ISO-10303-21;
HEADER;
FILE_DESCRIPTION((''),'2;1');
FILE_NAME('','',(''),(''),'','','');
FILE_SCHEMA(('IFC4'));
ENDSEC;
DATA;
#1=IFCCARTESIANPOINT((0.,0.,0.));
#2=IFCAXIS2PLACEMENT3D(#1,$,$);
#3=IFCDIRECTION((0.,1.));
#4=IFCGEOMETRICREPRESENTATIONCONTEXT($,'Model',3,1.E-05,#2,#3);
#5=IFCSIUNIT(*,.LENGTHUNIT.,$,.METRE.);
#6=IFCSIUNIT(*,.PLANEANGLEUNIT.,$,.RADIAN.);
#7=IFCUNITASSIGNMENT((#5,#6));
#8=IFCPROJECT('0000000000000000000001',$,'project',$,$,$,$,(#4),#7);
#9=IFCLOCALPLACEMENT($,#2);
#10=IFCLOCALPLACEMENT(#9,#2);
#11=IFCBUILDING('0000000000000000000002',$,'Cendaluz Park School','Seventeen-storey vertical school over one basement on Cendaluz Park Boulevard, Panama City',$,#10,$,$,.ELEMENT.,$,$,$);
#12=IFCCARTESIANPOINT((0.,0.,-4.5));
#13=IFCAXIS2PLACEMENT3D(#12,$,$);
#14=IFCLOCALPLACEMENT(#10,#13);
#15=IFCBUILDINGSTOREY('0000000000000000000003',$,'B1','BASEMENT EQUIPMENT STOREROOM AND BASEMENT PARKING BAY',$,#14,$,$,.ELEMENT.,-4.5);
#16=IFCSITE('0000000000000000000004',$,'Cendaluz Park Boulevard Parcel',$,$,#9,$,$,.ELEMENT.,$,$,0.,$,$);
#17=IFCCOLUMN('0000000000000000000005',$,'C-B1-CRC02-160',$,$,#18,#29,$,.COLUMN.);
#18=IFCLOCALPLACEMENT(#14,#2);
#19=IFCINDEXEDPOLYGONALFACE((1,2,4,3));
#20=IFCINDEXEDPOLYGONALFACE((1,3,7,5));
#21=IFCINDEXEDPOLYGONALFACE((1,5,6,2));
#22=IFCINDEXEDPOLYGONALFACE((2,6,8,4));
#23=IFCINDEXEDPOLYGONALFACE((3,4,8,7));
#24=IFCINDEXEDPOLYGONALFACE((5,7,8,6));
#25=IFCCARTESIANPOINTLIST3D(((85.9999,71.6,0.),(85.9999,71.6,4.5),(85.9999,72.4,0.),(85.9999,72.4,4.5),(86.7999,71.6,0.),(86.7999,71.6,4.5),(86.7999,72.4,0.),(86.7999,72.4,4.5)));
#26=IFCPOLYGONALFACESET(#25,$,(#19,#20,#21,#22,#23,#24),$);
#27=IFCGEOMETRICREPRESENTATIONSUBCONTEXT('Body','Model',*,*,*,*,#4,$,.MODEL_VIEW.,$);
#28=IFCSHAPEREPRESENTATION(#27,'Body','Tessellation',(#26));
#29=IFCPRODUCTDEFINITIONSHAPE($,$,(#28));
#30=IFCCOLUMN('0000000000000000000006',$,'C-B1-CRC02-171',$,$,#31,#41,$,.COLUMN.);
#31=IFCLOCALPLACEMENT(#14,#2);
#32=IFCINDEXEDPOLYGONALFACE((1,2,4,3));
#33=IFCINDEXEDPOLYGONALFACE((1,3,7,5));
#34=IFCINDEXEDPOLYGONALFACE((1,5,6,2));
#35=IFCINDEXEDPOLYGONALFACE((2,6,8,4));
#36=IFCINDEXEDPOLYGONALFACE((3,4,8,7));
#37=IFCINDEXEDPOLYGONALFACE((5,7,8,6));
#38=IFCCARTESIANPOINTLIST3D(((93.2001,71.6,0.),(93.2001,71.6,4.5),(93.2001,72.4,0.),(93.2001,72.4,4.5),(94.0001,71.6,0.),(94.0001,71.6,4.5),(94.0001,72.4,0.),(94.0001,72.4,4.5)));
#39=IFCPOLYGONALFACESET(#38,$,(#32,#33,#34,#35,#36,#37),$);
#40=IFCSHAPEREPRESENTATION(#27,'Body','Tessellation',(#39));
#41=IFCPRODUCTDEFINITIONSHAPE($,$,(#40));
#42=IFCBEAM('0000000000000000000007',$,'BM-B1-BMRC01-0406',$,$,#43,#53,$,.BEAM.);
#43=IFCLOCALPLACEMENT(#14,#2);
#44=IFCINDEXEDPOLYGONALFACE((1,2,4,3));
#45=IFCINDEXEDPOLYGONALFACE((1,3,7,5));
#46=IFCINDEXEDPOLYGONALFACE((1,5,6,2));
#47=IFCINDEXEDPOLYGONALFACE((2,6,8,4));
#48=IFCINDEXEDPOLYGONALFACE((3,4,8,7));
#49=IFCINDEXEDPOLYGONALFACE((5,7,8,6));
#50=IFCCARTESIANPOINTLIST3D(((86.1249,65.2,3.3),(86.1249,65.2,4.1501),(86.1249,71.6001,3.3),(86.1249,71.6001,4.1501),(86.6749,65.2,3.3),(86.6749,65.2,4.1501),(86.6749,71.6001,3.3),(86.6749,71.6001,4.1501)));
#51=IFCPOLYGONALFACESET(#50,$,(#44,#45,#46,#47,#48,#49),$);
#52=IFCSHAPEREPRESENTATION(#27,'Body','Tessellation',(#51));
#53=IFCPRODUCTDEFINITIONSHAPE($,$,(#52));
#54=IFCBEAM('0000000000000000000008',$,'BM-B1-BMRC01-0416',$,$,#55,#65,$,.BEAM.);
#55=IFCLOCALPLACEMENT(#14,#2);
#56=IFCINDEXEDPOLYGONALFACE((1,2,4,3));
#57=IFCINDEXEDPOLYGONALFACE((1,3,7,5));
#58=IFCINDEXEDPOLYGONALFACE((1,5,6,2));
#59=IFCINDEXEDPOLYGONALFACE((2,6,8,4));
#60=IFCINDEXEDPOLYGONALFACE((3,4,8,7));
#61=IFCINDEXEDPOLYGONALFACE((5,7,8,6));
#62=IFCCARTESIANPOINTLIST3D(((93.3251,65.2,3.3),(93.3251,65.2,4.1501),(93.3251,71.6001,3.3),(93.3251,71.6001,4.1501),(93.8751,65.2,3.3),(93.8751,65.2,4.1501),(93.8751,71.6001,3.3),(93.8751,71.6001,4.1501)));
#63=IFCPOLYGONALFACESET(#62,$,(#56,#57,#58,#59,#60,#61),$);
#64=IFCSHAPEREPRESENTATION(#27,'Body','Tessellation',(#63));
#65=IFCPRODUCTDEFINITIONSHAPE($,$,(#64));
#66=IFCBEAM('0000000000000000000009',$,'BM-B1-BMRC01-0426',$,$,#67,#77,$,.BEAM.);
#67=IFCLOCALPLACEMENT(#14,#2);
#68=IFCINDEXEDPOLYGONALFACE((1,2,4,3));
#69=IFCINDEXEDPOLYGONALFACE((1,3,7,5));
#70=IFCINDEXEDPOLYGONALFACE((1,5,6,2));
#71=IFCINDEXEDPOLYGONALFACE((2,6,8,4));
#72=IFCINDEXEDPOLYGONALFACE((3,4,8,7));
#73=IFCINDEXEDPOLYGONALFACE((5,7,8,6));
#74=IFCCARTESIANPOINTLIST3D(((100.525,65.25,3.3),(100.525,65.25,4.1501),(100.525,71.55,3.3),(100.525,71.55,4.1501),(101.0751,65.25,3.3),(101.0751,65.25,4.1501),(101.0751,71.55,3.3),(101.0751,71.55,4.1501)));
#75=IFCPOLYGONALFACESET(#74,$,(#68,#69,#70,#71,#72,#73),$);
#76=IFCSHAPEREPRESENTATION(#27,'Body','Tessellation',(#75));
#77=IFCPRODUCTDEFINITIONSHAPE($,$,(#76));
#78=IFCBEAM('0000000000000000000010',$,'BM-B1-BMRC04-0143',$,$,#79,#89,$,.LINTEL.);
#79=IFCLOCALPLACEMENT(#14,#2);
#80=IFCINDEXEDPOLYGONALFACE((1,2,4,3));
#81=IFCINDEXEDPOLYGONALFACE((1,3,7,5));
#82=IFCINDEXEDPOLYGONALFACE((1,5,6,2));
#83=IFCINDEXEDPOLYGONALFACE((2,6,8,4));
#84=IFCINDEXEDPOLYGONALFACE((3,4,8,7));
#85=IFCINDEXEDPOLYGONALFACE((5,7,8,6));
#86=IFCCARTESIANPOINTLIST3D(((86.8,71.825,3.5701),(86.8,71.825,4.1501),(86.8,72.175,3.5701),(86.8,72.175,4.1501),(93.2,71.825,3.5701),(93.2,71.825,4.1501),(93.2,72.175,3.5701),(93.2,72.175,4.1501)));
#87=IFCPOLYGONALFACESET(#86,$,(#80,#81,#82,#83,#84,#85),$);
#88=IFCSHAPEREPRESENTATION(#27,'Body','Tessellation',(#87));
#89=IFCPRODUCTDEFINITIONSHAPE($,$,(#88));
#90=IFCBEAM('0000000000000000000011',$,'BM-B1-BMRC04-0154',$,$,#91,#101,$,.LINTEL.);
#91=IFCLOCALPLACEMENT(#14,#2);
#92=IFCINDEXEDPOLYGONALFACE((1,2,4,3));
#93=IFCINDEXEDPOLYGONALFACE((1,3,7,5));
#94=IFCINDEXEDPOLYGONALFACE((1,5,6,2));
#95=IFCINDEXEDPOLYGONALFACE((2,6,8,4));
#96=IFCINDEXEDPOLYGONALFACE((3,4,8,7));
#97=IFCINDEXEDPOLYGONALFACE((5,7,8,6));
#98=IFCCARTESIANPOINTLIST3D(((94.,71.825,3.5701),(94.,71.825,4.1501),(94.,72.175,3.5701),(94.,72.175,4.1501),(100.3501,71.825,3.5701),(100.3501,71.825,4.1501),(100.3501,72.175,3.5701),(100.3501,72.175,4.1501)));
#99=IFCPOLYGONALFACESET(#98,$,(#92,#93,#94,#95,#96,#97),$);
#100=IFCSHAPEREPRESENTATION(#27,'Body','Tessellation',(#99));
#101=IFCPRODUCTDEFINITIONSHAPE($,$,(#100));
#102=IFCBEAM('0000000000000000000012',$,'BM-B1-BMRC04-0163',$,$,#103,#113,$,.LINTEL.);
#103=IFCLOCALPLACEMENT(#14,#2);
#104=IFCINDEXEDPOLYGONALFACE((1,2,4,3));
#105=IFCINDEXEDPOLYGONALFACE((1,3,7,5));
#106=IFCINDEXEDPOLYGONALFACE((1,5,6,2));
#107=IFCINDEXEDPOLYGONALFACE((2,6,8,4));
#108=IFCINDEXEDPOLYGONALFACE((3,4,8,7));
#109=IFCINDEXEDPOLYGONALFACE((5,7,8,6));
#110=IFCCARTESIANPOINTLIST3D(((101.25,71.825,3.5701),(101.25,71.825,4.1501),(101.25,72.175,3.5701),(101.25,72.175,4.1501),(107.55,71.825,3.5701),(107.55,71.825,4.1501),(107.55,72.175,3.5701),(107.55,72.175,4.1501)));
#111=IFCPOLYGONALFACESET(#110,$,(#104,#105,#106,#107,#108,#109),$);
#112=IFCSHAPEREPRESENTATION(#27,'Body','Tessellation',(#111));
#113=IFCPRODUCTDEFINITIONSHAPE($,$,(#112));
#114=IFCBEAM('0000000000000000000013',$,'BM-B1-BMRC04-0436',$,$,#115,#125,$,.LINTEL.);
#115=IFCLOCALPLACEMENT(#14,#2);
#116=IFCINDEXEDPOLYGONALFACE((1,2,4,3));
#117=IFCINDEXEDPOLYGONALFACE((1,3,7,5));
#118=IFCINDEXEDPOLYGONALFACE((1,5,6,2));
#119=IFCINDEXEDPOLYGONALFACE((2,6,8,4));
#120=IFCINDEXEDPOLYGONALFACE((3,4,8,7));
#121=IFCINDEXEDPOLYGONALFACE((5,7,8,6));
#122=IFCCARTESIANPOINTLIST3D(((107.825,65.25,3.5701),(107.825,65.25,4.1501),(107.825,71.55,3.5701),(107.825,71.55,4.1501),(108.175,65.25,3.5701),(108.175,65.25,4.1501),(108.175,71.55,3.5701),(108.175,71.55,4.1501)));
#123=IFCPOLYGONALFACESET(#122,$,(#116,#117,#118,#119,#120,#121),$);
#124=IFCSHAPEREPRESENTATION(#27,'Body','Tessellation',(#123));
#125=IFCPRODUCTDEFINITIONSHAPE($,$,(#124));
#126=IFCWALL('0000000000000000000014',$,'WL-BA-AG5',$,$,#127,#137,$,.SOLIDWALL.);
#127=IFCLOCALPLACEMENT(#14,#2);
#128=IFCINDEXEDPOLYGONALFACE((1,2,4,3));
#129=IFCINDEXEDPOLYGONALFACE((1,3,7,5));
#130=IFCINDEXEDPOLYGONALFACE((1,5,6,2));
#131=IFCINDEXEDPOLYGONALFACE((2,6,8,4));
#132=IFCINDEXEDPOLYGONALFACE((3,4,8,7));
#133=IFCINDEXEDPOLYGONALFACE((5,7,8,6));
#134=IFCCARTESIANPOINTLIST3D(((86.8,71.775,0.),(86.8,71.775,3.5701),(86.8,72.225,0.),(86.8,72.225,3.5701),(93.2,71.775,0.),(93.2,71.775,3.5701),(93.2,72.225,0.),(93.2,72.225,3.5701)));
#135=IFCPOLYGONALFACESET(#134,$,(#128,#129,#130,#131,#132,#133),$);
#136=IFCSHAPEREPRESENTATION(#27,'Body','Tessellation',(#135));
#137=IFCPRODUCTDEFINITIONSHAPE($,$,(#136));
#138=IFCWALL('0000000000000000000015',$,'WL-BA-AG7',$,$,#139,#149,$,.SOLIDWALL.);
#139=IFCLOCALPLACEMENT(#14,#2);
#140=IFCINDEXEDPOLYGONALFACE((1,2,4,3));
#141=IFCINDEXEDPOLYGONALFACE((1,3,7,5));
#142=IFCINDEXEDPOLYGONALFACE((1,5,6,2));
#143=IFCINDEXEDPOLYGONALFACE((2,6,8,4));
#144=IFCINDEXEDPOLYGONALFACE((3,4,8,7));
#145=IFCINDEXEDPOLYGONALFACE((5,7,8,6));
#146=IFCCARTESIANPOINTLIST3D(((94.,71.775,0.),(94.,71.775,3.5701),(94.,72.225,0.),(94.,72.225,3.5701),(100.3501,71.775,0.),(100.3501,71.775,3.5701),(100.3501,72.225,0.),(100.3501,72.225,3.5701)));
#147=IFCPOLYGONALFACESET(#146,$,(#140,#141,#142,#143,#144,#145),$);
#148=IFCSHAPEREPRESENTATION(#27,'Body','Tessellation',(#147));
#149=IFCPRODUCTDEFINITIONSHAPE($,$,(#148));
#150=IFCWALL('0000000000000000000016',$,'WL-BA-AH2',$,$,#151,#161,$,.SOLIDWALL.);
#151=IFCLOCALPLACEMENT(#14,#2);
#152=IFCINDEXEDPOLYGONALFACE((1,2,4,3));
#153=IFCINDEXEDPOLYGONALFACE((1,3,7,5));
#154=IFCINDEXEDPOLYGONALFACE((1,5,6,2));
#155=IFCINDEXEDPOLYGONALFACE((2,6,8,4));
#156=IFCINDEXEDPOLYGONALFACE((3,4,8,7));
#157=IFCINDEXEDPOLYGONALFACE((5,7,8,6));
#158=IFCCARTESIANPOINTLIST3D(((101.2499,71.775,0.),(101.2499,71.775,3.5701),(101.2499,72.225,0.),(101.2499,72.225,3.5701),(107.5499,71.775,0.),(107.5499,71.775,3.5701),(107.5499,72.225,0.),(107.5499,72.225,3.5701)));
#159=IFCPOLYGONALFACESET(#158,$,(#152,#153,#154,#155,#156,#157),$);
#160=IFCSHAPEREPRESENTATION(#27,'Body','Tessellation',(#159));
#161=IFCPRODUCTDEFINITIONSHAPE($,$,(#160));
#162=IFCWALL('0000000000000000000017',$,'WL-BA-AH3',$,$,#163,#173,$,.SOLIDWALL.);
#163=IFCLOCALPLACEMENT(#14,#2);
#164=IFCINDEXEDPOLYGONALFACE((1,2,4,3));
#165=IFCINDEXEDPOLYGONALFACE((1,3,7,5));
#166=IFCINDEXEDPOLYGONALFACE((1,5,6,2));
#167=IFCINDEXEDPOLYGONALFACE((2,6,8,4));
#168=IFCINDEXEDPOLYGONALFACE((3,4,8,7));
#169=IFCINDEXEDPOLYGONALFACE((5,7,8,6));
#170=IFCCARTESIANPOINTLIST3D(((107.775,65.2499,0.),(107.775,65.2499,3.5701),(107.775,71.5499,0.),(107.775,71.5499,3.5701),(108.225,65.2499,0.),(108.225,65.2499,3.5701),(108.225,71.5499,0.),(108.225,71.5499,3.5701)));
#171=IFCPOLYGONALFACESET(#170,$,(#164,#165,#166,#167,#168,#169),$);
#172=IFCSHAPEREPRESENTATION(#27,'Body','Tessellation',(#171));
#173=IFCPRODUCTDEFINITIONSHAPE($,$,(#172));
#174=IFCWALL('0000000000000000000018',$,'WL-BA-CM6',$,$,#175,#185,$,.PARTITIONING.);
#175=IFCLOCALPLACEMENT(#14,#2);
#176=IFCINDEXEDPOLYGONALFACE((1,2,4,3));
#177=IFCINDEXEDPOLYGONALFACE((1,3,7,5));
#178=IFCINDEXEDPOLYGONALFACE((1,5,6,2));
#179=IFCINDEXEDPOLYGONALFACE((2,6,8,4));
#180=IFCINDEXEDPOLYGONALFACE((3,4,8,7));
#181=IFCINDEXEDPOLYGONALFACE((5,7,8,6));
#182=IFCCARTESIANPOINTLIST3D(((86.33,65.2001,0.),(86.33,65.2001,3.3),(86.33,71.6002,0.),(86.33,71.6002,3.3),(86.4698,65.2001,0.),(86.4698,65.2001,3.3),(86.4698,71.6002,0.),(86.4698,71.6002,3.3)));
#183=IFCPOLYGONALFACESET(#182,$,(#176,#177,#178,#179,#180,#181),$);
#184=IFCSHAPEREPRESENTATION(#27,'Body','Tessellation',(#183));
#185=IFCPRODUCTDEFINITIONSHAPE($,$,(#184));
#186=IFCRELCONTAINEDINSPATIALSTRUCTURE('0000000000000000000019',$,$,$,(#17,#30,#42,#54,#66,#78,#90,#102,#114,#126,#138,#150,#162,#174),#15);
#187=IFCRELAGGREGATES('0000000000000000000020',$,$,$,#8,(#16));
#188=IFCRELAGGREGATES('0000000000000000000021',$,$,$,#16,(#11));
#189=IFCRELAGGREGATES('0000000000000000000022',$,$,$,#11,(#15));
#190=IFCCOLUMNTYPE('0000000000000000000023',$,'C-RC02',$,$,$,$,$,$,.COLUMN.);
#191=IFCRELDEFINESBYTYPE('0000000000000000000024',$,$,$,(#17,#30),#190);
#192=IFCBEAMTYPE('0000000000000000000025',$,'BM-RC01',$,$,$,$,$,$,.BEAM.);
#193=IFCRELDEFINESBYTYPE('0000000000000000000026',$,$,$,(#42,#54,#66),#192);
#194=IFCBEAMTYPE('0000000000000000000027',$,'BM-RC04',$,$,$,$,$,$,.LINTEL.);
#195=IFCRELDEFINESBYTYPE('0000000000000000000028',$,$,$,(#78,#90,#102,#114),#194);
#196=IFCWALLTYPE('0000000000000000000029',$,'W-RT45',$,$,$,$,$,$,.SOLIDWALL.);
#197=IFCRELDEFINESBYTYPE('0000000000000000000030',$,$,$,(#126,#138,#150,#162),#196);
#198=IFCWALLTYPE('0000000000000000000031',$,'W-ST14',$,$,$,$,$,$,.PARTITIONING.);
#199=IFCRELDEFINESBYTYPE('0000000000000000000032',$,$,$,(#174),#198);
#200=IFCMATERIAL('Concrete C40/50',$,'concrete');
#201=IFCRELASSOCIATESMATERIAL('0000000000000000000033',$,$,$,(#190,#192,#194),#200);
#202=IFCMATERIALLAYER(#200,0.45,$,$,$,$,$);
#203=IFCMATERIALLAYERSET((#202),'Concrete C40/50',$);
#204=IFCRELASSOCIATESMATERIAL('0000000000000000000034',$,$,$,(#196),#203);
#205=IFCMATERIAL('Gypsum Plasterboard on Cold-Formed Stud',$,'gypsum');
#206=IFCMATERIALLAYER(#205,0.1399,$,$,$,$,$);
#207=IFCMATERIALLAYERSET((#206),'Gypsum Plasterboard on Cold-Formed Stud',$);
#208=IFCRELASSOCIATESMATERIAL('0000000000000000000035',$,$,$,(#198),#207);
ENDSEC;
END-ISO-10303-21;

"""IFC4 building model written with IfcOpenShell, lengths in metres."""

from ifc_helpers import new_model, si_unit, direction, frame, frame_2d, origin, origin_2d, place, context, subcontext, project, spatial, rectangle, extrude, material, layer, layer_set, material_profile, profile_set, type_object, element, save


model = new_model("IFC4")

# Units and contexts
model_context = context("Model", 3, precision=1e-05, world=origin(), true_north=direction((0.0, 1.0)))
body_context = subcontext(model_context, "Body", "Model", "MODEL_VIEW")
ifc_project = project(units=[si_unit("LENGTHUNIT", "METRE"), si_unit("PLANEANGLEUNIT", "RADIAN")], contexts=[model_context])

# Site, building, storey
site_placement = place(None, origin())
site = spatial("IfcSite", under=ifc_project, at=site_placement, Name="Cendaluz Park Boulevard Parcel", CompositionType="ELEMENT", RefElevation=0.0)
building_placement = place(site_placement, origin())
building = spatial("IfcBuilding", under=site, at=building_placement, Name="Cendaluz Park School", Description="Seventeen-storey vertical school over one basement on Cendaluz Park Boulevard, Panama City", CompositionType="ELEMENT")
storey_placement = place(building_placement, frame((0.0, 0.0, -4.5)))
storey = spatial("IfcBuildingStorey", under=building, at=storey_placement, Name="B1", Description="BASEMENT EQUIPMENT STOREROOM AND BASEMENT PARKING BAY", CompositionType="ELEMENT", Elevation=-4.5)

# Shared definitions
ifc_material_1 = material(Name="Concrete C40/50", Category="concrete")

# Columns
ifc_material_profile_1 = material_profile(ifc_material_1, rectangle(XDim=0.8, YDim=0.8, at=origin_2d()), Name="RC 800x800", Category="concrete")
ifc_profile_set_1 = profile_set([ifc_material_profile_1], Name="Concrete C40/50")
column_type_1 = type_object("IfcColumnType", Name="C-RC02", PredefinedType="COLUMN", material=ifc_profile_set_1)
for number, where, z_axis, x_axis, name in (
    (1, (86.3999, 72.0, 0.0), (0.0, 0.0, 1.0), (1.0, 0.0, 0.0), "C-B1-CRC02-160"),
    (2, (93.6001, 72.0, 0.0), (0.0, 0.0, 1.0), (1.0, 0.0, 0.0), "C-B1-CRC02-171"),
):
    element("IfcColumn", number, at=place(storey_placement, frame(where, z_axis=z_axis, x_axis=x_axis)), inside=storey, type_object=column_type_1, Name=name, PredefinedType="COLUMN", context=body_context, shape_type="SweptSolid", body=[
        extrude(rectangle(XDim=0.8, YDim=0.8, at=origin_2d()), origin(), (0.0, 0.0, 1.0), 4.5),
    ])

# Beams
ifc_material_profile_2 = material_profile(ifc_material_1, rectangle(XDim=0.55, YDim=0.8501, at=origin_2d()), Name="RC 550x850", Category="concrete")
ifc_profile_set_2 = profile_set([ifc_material_profile_2], Name="Concrete C40/50")
beam_type_1 = type_object("IfcBeamType", Name="BM-RC01", PredefinedType="BEAM", material=ifc_profile_set_2)
for number, where, z_axis, x_axis, name in (
    (3, (86.3999, 65.2, 3.7251), (0.0, 1.0, 0.0), (-1.0, 0.0, 0.0), "BM-B1-BMRC01-0406"),
    (4, (93.6001, 65.2, 3.7251), (0.0, 1.0, 0.0), (-1.0, 0.0, 0.0), "BM-B1-BMRC01-0416"),
):
    element("IfcBeam", number, at=place(storey_placement, frame(where, z_axis=z_axis, x_axis=x_axis)), inside=storey, type_object=beam_type_1, Name=name, PredefinedType="BEAM", context=body_context, shape_type="SweptSolid", body=[
        extrude(rectangle(XDim=0.55, YDim=0.8501, at=origin_2d()), origin(), (0.0, 0.0, 1.0), 6.4001),
    ])
beam_1_placement = place(storey_placement, frame((100.8, 65.25, 3.7251), z_axis=(0.0, 1.0, 0.0), x_axis=(-1.0, 0.0, 0.0)))
element("IfcBeam", 5, at=beam_1_placement, inside=storey, type_object=beam_type_1, Name="BM-B1-BMRC01-0426", PredefinedType="BEAM", context=body_context, shape_type="SweptSolid", body=[
    extrude(rectangle(XDim=0.55, YDim=0.8501, at=origin_2d()), origin(), (0.0, 0.0, 1.0), 6.3),
])
ifc_material_profile_3 = material_profile(ifc_material_1, rectangle(XDim=0.3501, YDim=0.5801, at=origin_2d()), Name="RC 350x580", Category="concrete")
ifc_profile_set_3 = profile_set([ifc_material_profile_3], Name="Concrete C40/50")
beam_type_2 = type_object("IfcBeamType", Name="BM-RC04", PredefinedType="LINTEL", material=ifc_profile_set_3)
beam_2_placement = place(storey_placement, frame((86.8, 72.0, 3.8601), z_axis=(1.0, 0.0, 0.0), x_axis=(0.0, 1.0, 0.0)))
element("IfcBeam", 6, at=beam_2_placement, inside=storey, type_object=beam_type_2, Name="BM-B1-BMRC04-0143", PredefinedType="LINTEL", context=body_context, shape_type="SweptSolid", body=[
    extrude(rectangle(XDim=0.3501, YDim=0.5801, at=origin_2d()), origin(), (0.0, 0.0, 1.0), 6.3999),
])
beam_3_placement = place(storey_placement, frame((94.0, 72.0, 3.8601), z_axis=(1.0, 0.0, 0.0), x_axis=(0.0, 1.0, 0.0)))
element("IfcBeam", 7, at=beam_3_placement, inside=storey, type_object=beam_type_2, Name="BM-B1-BMRC04-0154", PredefinedType="LINTEL", context=body_context, shape_type="SweptSolid", body=[
    extrude(rectangle(XDim=0.3501, YDim=0.5801, at=origin_2d()), origin(), (0.0, 0.0, 1.0), 6.3501),
])
for number, where, z_axis, x_axis, name in (
    (8, (101.25, 72.0, 3.8601), (1.0, 0.0, 0.0), (0.0, 1.0, 0.0), "BM-B1-BMRC04-0163"),
    (9, (108.0, 65.25, 3.8601), (0.0, 1.0, 0.0), (-1.0, 0.0, 0.0), "BM-B1-BMRC04-0436"),
):
    element("IfcBeam", number, at=place(storey_placement, frame(where, z_axis=z_axis, x_axis=x_axis)), inside=storey, type_object=beam_type_2, Name=name, PredefinedType="LINTEL", context=body_context, shape_type="SweptSolid", body=[
        extrude(rectangle(XDim=0.3501, YDim=0.5801, at=origin_2d()), origin(), (0.0, 0.0, 1.0), 6.3),
    ])

# Walls
ifc_layer_1 = layer(ifc_material_1, 0.45)
ifc_layer_set_1 = layer_set([ifc_layer_1], Name="Concrete C40/50")
wall_type_1 = type_object("IfcWallType", Name="W-RT45", PredefinedType="SOLIDWALL", material=ifc_layer_set_1)
wall_1_placement = place(storey_placement, frame((86.8, 72.0, 0.0), z_axis=(0.0, 0.0, 1.0), x_axis=(1.0, 0.0, 0.0)))
element("IfcWall", 10, at=wall_1_placement, inside=storey, type_object=wall_type_1, Name="WL-BA-AG5", PredefinedType="SOLIDWALL", context=body_context, shape_type="SweptSolid", body=[
    extrude(rectangle(XDim=6.3999, YDim=0.45, at=frame_2d((3.2, 0.0))), origin(), (0.0, 0.0, 1.0), 3.5701),
])
wall_2_placement = place(storey_placement, frame((94.0, 72.0, 0.0), z_axis=(0.0, 0.0, 1.0), x_axis=(1.0, 0.0, 0.0)))
element("IfcWall", 11, at=wall_2_placement, inside=storey, type_object=wall_type_1, Name="WL-BA-AG7", PredefinedType="SOLIDWALL", context=body_context, shape_type="SweptSolid", body=[
    extrude(rectangle(XDim=6.3501, YDim=0.45, at=frame_2d((3.175, 0.0))), origin(), (0.0, 0.0, 1.0), 3.5701),
])
for number, where, z_axis, x_axis, name in (
    (12, (101.25, 72.0, 0.0), (0.0, 0.0, 1.0), (1.0, 0.0, 0.0), "WL-BA-AH2"),
    (13, (108.0, 65.25, 0.0), (0.0, 0.0, 1.0), (0.0, 1.0, 0.0), "WL-BA-AH3"),
):
    element("IfcWall", number, at=place(storey_placement, frame(where, z_axis=z_axis, x_axis=x_axis)), inside=storey, type_object=wall_type_1, Name=name, PredefinedType="SOLIDWALL", context=body_context, shape_type="SweptSolid", body=[
        extrude(rectangle(XDim=6.3, YDim=0.45, at=frame_2d((3.1499, 0.0))), origin(), (0.0, 0.0, 1.0), 3.5701),
    ])
ifc_material_2 = material(Name="Gypsum Plasterboard on Cold-Formed Stud", Category="gypsum")
ifc_layer_2 = layer(ifc_material_2, 0.1399)
ifc_layer_set_2 = layer_set([ifc_layer_2], Name="Gypsum Plasterboard on Cold-Formed Stud")
wall_type_2 = type_object("IfcWallType", Name="W-ST14", PredefinedType="PARTITIONING", material=ifc_layer_set_2)
wall_3_placement = place(storey_placement, frame((86.3999, 65.2, 0.0), z_axis=(0.0, 0.0, 1.0), x_axis=(0.0, 1.0, 0.0)))
element("IfcWall", 14, at=wall_3_placement, inside=storey, type_object=wall_type_2, Name="WL-BA-CM6", PredefinedType="PARTITIONING", context=body_context, shape_type="SweptSolid", body=[
    extrude(rectangle(XDim=6.4001, YDim=0.1399, at=frame_2d((3.2002, 0.0))), origin(), (0.0, 0.0, 1.0), 3.3),
])

save(model, "model.ifc")
